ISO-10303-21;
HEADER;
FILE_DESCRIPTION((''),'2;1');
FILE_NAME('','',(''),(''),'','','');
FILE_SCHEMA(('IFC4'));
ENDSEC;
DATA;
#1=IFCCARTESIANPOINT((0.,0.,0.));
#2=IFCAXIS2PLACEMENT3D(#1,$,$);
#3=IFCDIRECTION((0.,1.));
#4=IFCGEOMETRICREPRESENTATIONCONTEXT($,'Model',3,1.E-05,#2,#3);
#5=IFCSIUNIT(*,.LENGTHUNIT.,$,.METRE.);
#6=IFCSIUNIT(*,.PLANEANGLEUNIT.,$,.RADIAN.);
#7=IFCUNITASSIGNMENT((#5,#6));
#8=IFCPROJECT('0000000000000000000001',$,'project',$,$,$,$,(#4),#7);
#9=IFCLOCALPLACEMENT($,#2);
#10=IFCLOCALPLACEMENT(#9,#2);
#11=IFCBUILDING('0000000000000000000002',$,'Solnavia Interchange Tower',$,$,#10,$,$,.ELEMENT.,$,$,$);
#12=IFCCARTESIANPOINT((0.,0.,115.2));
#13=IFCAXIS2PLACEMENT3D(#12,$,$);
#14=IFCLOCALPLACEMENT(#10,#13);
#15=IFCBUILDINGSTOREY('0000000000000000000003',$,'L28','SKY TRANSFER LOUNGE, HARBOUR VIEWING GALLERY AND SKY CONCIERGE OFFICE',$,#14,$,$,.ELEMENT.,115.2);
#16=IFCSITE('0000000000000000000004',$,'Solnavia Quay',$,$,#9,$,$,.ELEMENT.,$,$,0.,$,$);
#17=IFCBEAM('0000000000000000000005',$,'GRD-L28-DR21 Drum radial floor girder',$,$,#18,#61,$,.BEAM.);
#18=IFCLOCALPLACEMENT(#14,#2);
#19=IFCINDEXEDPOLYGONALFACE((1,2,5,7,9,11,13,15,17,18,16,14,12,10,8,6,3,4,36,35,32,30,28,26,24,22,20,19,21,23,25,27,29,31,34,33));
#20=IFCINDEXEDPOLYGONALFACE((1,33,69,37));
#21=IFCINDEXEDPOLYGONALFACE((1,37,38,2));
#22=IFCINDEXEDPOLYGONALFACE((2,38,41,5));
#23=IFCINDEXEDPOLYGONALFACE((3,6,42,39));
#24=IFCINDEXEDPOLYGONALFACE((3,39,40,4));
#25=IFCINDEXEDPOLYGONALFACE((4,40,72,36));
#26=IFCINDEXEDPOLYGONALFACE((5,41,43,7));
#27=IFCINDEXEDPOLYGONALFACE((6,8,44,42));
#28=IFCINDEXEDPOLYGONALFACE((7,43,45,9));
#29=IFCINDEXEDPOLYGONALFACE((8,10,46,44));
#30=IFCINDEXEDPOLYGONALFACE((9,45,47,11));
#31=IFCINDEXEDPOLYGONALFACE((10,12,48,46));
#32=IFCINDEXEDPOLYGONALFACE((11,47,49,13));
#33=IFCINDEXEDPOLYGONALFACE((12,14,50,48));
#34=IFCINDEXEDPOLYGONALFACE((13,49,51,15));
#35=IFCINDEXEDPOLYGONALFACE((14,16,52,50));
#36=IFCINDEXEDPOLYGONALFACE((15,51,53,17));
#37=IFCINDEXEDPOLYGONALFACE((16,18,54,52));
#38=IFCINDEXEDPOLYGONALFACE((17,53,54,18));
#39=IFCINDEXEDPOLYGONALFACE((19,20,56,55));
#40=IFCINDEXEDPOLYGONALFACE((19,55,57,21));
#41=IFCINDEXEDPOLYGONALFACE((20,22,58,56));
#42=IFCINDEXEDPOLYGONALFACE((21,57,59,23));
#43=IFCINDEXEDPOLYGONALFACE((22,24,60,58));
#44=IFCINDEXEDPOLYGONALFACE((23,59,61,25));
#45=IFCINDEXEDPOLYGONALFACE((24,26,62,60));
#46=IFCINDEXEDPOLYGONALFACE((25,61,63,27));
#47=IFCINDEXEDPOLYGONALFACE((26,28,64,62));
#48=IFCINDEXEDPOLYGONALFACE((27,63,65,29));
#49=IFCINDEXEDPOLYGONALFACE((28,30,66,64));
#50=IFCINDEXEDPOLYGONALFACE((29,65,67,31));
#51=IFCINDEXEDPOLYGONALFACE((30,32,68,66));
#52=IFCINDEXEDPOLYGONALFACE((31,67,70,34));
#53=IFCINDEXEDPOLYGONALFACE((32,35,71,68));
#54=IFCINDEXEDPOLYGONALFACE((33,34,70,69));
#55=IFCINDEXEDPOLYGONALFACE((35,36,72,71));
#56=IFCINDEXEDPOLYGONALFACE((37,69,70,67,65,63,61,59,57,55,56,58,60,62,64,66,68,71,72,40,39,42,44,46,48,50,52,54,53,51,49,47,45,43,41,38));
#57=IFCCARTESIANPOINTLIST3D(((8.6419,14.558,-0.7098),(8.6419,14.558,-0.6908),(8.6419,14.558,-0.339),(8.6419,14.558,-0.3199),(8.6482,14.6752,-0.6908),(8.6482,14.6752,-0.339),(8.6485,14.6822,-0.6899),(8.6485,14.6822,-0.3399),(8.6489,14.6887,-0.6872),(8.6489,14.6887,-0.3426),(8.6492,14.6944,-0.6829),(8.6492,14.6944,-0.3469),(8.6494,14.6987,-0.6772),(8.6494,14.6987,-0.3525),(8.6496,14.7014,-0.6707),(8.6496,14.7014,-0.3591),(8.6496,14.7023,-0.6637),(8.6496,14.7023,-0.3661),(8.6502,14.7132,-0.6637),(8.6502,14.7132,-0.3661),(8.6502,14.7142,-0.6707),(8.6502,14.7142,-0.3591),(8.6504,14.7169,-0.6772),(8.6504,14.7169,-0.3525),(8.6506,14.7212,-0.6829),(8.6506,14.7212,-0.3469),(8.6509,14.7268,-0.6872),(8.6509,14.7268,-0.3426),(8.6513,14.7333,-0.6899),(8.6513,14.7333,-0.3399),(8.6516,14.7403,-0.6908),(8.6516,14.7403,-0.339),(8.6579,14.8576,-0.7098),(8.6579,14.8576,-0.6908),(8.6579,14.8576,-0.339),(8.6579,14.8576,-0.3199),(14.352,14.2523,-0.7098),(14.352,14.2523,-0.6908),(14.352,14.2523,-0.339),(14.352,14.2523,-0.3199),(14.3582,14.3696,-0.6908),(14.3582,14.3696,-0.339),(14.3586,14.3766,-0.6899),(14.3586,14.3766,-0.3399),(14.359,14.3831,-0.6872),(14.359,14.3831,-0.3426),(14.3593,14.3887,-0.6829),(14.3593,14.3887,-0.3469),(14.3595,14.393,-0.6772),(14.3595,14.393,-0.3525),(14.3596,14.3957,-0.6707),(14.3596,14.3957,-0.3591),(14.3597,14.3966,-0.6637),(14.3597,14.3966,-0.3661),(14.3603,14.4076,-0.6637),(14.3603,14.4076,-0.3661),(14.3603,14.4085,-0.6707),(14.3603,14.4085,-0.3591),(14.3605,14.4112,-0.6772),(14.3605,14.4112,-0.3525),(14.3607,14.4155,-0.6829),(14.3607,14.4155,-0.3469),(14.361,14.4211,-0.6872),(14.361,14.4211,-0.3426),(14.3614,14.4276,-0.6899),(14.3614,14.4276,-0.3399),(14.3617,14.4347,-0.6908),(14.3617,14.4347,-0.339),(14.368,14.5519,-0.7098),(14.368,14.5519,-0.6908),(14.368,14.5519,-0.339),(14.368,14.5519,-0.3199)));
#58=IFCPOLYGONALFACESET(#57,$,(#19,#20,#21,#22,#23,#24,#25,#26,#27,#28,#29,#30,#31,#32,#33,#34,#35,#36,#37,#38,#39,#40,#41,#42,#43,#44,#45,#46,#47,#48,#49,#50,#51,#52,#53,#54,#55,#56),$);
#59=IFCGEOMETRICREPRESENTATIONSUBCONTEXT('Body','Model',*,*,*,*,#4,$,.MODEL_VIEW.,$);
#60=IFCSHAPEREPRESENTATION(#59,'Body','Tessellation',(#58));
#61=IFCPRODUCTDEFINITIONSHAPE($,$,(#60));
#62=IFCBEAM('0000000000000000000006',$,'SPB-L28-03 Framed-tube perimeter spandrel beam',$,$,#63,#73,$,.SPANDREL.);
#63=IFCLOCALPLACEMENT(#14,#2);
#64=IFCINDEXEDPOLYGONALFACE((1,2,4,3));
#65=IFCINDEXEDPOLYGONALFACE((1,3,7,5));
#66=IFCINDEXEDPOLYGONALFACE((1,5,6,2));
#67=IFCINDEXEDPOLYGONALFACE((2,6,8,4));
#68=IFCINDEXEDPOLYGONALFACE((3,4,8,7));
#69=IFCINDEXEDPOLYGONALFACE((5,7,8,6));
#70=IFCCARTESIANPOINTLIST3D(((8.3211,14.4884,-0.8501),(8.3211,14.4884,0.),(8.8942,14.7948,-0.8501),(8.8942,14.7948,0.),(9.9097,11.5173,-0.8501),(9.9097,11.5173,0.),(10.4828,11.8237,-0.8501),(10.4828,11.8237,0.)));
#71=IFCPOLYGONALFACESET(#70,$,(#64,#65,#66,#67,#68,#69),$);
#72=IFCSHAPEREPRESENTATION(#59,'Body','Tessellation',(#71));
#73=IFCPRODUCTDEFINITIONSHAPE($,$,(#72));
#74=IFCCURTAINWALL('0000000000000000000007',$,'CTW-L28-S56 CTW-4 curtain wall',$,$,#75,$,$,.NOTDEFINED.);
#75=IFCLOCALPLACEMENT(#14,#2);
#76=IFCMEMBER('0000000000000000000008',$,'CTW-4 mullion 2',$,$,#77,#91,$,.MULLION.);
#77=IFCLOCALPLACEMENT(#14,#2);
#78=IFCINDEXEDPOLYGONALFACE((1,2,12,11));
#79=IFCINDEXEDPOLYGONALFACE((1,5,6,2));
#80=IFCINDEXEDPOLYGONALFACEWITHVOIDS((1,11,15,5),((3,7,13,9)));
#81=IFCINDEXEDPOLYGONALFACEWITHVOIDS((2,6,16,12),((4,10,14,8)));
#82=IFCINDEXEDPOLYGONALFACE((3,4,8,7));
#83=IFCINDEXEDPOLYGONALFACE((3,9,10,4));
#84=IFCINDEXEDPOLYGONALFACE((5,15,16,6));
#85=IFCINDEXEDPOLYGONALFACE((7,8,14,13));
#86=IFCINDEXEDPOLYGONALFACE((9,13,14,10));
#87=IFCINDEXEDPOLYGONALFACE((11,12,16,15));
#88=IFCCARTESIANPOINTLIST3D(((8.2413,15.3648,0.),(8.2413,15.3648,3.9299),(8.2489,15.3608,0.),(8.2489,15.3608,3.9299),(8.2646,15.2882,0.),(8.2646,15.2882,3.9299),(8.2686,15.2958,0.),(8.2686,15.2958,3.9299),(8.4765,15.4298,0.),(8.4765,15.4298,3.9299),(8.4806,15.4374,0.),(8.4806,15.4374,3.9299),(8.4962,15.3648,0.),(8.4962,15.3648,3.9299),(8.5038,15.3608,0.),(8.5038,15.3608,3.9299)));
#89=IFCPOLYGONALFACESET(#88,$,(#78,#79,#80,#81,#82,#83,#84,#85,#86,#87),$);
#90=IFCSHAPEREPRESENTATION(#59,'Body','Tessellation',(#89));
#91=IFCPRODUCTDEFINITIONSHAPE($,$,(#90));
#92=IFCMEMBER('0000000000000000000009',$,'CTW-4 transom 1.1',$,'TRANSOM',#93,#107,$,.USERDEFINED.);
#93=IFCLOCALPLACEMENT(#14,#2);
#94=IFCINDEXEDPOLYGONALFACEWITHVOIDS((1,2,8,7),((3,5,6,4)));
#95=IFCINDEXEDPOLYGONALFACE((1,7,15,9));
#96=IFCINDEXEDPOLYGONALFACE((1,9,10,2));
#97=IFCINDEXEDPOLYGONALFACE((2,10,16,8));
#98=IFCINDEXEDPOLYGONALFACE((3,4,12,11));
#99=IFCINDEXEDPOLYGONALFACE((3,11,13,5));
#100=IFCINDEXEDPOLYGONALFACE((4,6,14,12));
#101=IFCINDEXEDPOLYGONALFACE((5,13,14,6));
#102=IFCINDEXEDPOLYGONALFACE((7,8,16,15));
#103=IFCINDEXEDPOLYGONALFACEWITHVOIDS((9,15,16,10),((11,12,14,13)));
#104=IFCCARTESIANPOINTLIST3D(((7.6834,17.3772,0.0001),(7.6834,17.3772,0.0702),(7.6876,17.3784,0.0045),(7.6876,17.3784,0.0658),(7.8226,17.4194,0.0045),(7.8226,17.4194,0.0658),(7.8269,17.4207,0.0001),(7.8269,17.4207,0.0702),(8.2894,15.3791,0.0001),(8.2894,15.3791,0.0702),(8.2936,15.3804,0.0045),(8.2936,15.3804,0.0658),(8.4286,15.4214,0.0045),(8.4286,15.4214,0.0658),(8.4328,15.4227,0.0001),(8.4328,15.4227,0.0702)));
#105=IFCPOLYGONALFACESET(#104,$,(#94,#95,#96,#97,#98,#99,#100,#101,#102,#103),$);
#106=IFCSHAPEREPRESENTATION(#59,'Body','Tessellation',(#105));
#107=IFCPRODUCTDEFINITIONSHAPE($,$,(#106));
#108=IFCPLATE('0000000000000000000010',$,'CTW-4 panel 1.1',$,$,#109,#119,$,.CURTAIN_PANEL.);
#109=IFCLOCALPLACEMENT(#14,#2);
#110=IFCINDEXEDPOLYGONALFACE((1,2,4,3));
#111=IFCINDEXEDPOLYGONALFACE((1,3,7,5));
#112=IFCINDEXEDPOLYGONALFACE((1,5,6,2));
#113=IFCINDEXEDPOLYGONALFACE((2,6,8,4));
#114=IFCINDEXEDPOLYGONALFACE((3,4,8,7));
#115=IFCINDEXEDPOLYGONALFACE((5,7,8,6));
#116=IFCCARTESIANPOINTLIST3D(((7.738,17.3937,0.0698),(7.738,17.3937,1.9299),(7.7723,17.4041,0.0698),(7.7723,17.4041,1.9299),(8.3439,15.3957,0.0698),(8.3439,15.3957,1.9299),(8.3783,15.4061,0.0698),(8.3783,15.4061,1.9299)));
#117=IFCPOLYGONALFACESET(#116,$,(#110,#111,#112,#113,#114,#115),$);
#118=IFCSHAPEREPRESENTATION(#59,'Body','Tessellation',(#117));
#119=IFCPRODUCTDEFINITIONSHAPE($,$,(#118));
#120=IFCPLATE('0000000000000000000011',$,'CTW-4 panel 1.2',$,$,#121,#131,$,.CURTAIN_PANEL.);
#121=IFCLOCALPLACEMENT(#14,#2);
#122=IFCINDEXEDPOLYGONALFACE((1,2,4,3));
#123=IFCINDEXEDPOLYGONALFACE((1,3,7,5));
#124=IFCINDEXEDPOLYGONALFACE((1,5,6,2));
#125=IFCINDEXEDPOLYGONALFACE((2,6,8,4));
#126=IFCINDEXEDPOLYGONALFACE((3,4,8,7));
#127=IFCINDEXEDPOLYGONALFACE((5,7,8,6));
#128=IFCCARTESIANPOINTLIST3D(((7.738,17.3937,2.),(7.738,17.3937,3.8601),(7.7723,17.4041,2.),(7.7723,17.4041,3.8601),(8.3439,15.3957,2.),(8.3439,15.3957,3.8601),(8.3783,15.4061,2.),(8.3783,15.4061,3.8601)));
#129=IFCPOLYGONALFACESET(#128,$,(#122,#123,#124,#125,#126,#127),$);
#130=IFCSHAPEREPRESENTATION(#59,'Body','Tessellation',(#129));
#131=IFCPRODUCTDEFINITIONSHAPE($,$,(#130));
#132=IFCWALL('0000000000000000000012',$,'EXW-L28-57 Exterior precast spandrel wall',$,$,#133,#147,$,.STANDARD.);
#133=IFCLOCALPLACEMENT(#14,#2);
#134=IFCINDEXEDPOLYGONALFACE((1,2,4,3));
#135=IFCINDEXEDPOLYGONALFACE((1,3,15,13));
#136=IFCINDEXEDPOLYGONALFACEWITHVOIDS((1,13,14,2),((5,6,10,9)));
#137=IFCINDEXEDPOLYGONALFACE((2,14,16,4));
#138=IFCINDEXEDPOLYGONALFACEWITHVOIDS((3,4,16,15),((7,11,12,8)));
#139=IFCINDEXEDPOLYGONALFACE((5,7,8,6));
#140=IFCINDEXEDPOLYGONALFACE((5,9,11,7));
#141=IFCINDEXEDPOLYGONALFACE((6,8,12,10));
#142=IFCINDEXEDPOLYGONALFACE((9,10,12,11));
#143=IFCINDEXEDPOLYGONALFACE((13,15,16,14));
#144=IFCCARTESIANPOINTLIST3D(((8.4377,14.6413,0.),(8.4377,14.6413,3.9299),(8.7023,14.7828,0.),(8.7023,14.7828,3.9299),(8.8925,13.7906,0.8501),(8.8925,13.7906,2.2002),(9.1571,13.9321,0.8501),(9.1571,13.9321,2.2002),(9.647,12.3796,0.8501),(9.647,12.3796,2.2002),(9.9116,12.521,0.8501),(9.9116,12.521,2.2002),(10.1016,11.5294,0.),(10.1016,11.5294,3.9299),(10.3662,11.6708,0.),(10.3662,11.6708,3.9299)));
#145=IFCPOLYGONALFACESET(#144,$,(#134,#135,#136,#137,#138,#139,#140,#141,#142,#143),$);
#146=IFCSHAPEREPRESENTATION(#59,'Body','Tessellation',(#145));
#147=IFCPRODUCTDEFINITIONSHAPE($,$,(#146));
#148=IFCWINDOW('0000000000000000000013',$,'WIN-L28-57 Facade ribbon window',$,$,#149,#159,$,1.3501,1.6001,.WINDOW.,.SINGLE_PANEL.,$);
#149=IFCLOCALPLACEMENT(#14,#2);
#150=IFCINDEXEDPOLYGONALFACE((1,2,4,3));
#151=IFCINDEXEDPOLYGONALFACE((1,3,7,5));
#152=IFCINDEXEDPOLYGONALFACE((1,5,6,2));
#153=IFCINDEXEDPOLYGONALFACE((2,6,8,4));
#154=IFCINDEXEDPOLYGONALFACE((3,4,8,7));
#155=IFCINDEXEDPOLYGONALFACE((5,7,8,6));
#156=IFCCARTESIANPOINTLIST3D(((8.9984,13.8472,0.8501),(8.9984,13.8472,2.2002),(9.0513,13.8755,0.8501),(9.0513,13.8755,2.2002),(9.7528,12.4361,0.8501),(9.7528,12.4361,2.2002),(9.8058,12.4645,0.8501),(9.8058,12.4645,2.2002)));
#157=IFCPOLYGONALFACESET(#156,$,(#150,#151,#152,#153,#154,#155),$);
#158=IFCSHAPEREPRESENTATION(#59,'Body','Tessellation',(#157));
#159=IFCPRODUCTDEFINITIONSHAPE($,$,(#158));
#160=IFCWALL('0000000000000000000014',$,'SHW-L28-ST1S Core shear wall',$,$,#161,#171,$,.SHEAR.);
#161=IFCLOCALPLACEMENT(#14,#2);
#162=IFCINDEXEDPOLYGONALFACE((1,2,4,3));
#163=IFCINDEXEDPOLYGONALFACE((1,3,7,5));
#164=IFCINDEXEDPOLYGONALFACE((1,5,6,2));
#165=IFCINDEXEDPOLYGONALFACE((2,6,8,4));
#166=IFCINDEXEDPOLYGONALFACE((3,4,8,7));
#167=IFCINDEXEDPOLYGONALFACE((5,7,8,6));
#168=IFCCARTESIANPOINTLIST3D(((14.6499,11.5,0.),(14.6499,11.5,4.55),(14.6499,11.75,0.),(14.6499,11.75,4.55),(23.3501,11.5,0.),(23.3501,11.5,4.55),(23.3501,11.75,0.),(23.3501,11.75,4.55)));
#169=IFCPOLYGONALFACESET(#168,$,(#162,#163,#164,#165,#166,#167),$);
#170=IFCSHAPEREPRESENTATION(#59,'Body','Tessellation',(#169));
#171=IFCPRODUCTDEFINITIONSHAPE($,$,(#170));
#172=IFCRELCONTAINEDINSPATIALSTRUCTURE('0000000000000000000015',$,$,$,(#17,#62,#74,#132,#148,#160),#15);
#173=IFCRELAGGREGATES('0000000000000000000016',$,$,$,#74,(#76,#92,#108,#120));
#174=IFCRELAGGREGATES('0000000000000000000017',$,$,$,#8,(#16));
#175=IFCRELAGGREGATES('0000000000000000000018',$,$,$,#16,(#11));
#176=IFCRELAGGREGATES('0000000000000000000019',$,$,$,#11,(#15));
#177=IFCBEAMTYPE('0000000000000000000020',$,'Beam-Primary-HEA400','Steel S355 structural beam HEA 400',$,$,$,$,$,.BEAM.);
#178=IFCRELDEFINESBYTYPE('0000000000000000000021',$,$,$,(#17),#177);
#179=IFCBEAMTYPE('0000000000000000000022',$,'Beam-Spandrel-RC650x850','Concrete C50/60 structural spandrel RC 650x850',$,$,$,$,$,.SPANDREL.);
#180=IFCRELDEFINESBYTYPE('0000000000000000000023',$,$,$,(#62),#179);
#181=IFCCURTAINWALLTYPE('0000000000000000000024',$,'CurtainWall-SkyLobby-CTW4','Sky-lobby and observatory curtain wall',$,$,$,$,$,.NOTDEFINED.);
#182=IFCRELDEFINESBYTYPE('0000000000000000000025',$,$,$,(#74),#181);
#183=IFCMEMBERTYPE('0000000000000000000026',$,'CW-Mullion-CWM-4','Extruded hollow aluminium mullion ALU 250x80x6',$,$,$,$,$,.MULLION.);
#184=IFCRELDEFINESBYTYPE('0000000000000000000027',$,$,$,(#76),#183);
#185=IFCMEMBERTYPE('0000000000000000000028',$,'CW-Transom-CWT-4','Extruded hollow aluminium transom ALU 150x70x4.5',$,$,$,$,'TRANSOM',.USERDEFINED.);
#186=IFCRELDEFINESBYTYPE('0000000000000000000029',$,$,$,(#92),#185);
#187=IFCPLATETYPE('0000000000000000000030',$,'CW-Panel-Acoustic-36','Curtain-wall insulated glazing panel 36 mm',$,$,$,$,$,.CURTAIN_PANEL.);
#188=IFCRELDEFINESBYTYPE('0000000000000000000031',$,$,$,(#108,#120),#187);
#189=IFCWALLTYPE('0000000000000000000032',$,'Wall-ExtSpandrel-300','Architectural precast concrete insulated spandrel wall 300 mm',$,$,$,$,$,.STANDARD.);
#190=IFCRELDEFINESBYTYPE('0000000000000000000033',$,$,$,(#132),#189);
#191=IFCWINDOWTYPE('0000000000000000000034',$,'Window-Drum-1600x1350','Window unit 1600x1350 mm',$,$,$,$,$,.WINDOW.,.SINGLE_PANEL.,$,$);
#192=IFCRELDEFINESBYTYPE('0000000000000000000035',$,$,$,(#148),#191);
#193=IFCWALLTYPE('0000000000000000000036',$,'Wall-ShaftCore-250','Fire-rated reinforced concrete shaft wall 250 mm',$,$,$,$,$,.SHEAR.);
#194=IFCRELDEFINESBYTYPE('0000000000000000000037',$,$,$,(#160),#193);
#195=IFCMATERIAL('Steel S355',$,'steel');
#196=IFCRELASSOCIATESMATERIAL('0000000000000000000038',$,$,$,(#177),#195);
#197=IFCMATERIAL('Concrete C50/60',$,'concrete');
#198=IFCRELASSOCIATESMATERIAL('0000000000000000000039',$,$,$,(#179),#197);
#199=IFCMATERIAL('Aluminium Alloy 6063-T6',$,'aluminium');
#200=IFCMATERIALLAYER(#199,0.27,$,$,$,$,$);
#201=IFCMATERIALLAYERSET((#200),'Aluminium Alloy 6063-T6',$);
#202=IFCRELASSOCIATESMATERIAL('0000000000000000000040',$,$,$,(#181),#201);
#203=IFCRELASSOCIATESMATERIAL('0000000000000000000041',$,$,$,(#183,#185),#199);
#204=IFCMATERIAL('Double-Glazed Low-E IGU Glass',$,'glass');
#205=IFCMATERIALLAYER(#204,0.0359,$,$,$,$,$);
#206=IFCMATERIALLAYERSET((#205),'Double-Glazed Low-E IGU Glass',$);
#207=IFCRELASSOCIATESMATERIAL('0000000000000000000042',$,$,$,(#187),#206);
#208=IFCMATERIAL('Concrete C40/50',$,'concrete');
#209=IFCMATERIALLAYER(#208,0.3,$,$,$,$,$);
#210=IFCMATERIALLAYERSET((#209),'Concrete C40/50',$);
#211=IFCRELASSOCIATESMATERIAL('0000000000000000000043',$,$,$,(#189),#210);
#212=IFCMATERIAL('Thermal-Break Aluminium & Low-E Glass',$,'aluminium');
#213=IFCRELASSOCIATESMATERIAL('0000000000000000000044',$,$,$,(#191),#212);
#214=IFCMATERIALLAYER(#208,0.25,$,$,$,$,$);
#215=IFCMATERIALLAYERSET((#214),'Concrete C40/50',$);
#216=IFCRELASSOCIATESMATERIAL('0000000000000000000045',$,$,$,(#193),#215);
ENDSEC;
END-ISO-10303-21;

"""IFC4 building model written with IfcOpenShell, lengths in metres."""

from ifc_helpers import new_model, si_unit, direction, frame, frame_2d, origin, origin_2d, place, context, subcontext, project, spatial, rectangle, hollow_rectangle, i_section, extrude, material, layer, layer_set, material_profile, profile_set, type_object, element, fill, aggregate, save


model = new_model("IFC4")

# Units and contexts
model_context = context("Model", 3, precision=1e-05, world=origin(), true_north=direction((0.0, 1.0)))
body_context = subcontext(model_context, "Body", "Model", "MODEL_VIEW")
ifc_project = project(units=[si_unit("LENGTHUNIT", "METRE"), si_unit("PLANEANGLEUNIT", "RADIAN")], contexts=[model_context])

# Site, building, storey
site_placement = place(None, origin())
site = spatial("IfcSite", under=ifc_project, at=site_placement, Name="Solnavia Quay", CompositionType="ELEMENT", RefElevation=0.0)
building_placement = place(site_placement, origin())
building = spatial("IfcBuilding", under=site, at=building_placement, Name="Solnavia Interchange Tower", CompositionType="ELEMENT")
storey_placement = place(building_placement, frame((0.0, 0.0, 115.2)))
storey = spatial("IfcBuildingStorey", under=building, at=storey_placement, Name="L28", Description="SKY TRANSFER LOUNGE, HARBOUR VIEWING GALLERY AND SKY CONCIERGE OFFICE", CompositionType="ELEMENT", Elevation=115.2)

# Beams
ifc_material_1 = material(Name="Concrete C50/60", Category="concrete")
ifc_material_2 = material(Name="Steel S355", Category="steel")
ifc_material_profile_1 = material_profile(ifc_material_2, i_section(OverallWidth=0.3, OverallDepth=0.3899, WebThickness=0.011, FlangeThickness=0.019, FilletRadius=0.0271, at=origin_2d()), Name="HEA 400")
ifc_profile_set_1 = profile_set([ifc_material_profile_1], Name="Steel S355")
beam_type_1 = type_object("IfcBeamType", Name="Beam-Primary-HEA400", Description="Steel S355 structural beam HEA 400", PredefinedType="BEAM", material=ifc_profile_set_1)
beam_1_placement = place(storey_placement, frame((8.6499, 14.7078, -0.5149), z_axis=(0.99857, -0.053453, 0.0), x_axis=(0.053453, 0.99857, 0.0)))
element("IfcBeam", 1, at=beam_1_placement, inside=storey, type_object=beam_type_1, Name="GRD-L28-DR21 Drum radial floor girder", PredefinedType="BEAM", context=body_context, shape_type="SweptSolid", body=[
    extrude(i_section(OverallWidth=0.3, OverallDepth=0.3899, WebThickness=0.011, FlangeThickness=0.019, FilletRadius=0.0271, at=origin_2d()), origin(), (0.0, 0.0, 1.0), 5.7183),
])
ifc_material_profile_2 = material_profile(ifc_material_1, rectangle(XDim=0.6499, YDim=0.8501, at=origin_2d()), Name="RC 650x850")
ifc_profile_set_2 = profile_set([ifc_material_profile_2], Name="Concrete C50/60")
beam_type_2 = type_object("IfcBeamType", Name="Beam-Spandrel-RC650x850", Description="Concrete C50/60 structural spandrel RC 650x850", PredefinedType="SPANDREL", material=ifc_profile_set_2)
beam_2_placement = place(storey_placement, frame((8.6077, 14.6416, -0.425), z_axis=(0.471509, -0.881861, 0.0), x_axis=(0.881861, 0.471509, 0.0)))
element("IfcBeam", 2, at=beam_2_placement, inside=storey, type_object=beam_type_2, Name="SPB-L28-03 Framed-tube perimeter spandrel beam", PredefinedType="SPANDREL", context=body_context, shape_type="SweptSolid", body=[
    extrude(rectangle(XDim=0.6499, YDim=0.8501, at=origin_2d()), origin(), (0.0, 0.0, 1.0), 3.3691),
])

# Curtain wall, members, plates
ifc_material_3 = material(Name="Aluminium Alloy 6063-T6", Category="aluminium")
ifc_layer_1 = layer(ifc_material_3, 0.27)
ifc_layer_set_1 = layer_set([ifc_layer_1], Name="Aluminium Alloy 6063-T6")
curtain_wall_type = type_object("IfcCurtainWallType", Name="CurtainWall-SkyLobby-CTW4", Description="Sky-lobby and observatory curtain wall", PredefinedType="NOTDEFINED", material=ifc_layer_set_1)
curtain_wall_placement = place(storey_placement, origin())
curtain_wall = element("IfcCurtainWall", 3, at=curtain_wall_placement, inside=storey, type_object=curtain_wall_type, Name="CTW-L28-S56 CTW-4 curtain wall", PredefinedType="NOTDEFINED")
ifc_material_profile_3 = material_profile(ifc_material_3, hollow_rectangle(XDim=0.0801, YDim=0.25, WallThickness=0.0061, at=origin_2d()), Name="ALU 250x80x6")
ifc_profile_set_3 = profile_set([ifc_material_profile_3], Name="Aluminium Alloy 6063-T6")
member_type_1 = type_object("IfcMemberType", Name="CW-Mullion-CWM-4", Description="Extruded hollow aluminium mullion ALU 250x80x6", PredefinedType="MULLION", material=ifc_profile_set_3)
member_1_placement = place(storey_placement, frame((8.3726, 15.3628, 0.0), z_axis=(0.0, 0.0, 1.0), x_axis=(0.29022, -0.95696, 0.0)))
member_1 = element("IfcMember", 4, at=member_1_placement, type_object=member_type_1, Name="CTW-4 mullion 2", PredefinedType="MULLION", context=body_context, shape_type="SweptSolid", body=[
    extrude(hollow_rectangle(XDim=0.0801, YDim=0.25, WallThickness=0.0061, at=origin_2d()), origin(), (0.0, 0.0, 1.0), 3.9299),
])
ifc_material_profile_4 = material_profile(ifc_material_3, hollow_rectangle(XDim=0.0701, YDim=0.1499, WallThickness=0.0044, at=origin_2d()), Name="ALU 150x70x4.5")
ifc_profile_set_4 = profile_set([ifc_material_profile_4], Name="Aluminium Alloy 6063-T6")
member_type_2 = type_object("IfcMemberType", Name="CW-Transom-CWT-4", Description="Extruded hollow aluminium transom ALU 150x70x4.5", ElementType="TRANSOM", PredefinedType="USERDEFINED", material=ifc_profile_set_4)
member_2_placement = place(storey_placement, frame((7.7551, 17.3989, 0.0352), z_axis=(0.290222, -0.956959, 0.0), x_axis=(0.0, 0.0, 1.0)))
member_2 = element("IfcMember", 5, at=member_2_placement, type_object=member_type_2, Name="CTW-4 transom 1.1", ObjectType="TRANSOM", PredefinedType="USERDEFINED", context=body_context, shape_type="SweptSolid", body=[
    extrude(hollow_rectangle(XDim=0.0701, YDim=0.1499, WallThickness=0.0044, at=origin_2d()), origin(), (0.0, 0.0, 1.0), 2.0879),
])
ifc_material_4 = material(Name="Double-Glazed Low-E IGU Glass", Category="glass")
ifc_layer_2 = layer(ifc_material_4, 0.0359)
ifc_layer_set_2 = layer_set([ifc_layer_2], Name="Double-Glazed Low-E IGU Glass")
plate_type = type_object("IfcPlateType", Name="CW-Panel-Acoustic-36", Description="Curtain-wall insulated glazing panel 36 mm", PredefinedType="CURTAIN_PANEL", material=ifc_layer_set_2)
plate_1_placement = place(storey_placement, frame((8.0581, 16.3999, 0.0698), z_axis=(0.0, 0.0, 1.0), x_axis=(0.29022, -0.95696, 0.0)))
plate_1 = element("IfcPlate", 6, at=plate_1_placement, type_object=plate_type, Name="CTW-4 panel 1.1", PredefinedType="CURTAIN_PANEL", context=body_context, shape_type="SweptSolid", body=[
    extrude(rectangle(XDim=2.0879, YDim=0.0359, at=origin_2d()), origin(), (0.0, 0.0, 1.0), 1.8601),
])
plate_2_placement = place(storey_placement, frame((8.0581, 16.3999, 2.0), z_axis=(0.0, 0.0, 1.0), x_axis=(0.29022, -0.95696, 0.0)))
plate_2 = element("IfcPlate", 7, at=plate_2_placement, type_object=plate_type, Name="CTW-4 panel 1.2", PredefinedType="CURTAIN_PANEL", context=body_context, shape_type="SweptSolid", body=[
    extrude(rectangle(XDim=2.0879, YDim=0.0359, at=origin_2d()), origin(), (0.0, 0.0, 1.0), 1.8601),
])
aggregate(curtain_wall, [member_1, member_2, plate_1, plate_2])

# Wall, opening, window
ifc_material_5 = material(Name="Concrete C40/50", Category="concrete")
ifc_layer_3 = layer(ifc_material_5, 0.3)
ifc_layer_set_3 = layer_set([ifc_layer_3], Name="Concrete C40/50")
wall_type_1 = type_object("IfcWallType", Name="Wall-ExtSpandrel-300", Description="Architectural precast concrete insulated spandrel wall 300 mm", PredefinedType="STANDARD", material=ifc_layer_set_3)
wall_1_placement = place(storey_placement, frame((10.2339, 11.6001, 0.0), z_axis=(0.0, 0.0, 1.0), x_axis=(-0.471511, 0.88186, 0.0)))
wall_1 = element("IfcWall", 8, at=wall_1_placement, inside=storey, type_object=wall_type_1, Name="EXW-L28-57 Exterior precast spandrel wall", PredefinedType="STANDARD", context=body_context, shape_type="SweptSolid", body=[
    extrude(rectangle(XDim=3.5288, YDim=0.3, at=frame_2d((1.7644, 0.0))), origin(), (0.0, 0.0, 1.0), 3.9299),
])
opening_1_placement = place(wall_1_placement, frame((0.9641, 0.0, 0.8501)))
opening_1 = element("IfcOpeningElement", 9, at=opening_1_placement, cuts=wall_1, PredefinedType="OPENING", context=body_context, shape_type="SweptSolid", body=[
    extrude(rectangle(XDim=1.6001, YDim=1.3501, at=frame_2d((0.8, 0.675))), frame((0.0, 0.1602, 0.0), z_axis=(0.0, -1.0, 0.0), x_axis=(1.0, 0.0, 0.0)), (0.0, 0.0, 1.0), 0.3201),
])
ifc_material_6 = material(Name="Thermal-Break Aluminium & Low-E Glass", Category="aluminium")
window_type = type_object("IfcWindowType", Name="Window-Drum-1600x1350", Description="Window unit 1600x1350 mm", PartitioningType="SINGLE_PANEL", PredefinedType="WINDOW", material=ifc_material_6)
window_placement = place(opening_1_placement, origin())
window = element("IfcWindow", 10, at=window_placement, inside=storey, type_object=window_type, Name="WIN-L28-57 Facade ribbon window", OverallHeight=1.3501, OverallWidth=1.6001, PartitioningType="SINGLE_PANEL", PredefinedType="WINDOW", context=body_context, shape_type="SweptSolid", body=[
    extrude(rectangle(XDim=1.6001, YDim=1.3501, at=frame_2d((0.8, 0.675))), frame((0.0, 0.03, 0.0), z_axis=(0.0, -1.0, 0.0), x_axis=(1.0, 0.0, 0.0)), (0.0, 0.0, 1.0), 0.0601),
])
fill(opening_1, window)

# Wall
ifc_layer_4 = layer(ifc_material_5, 0.25)
ifc_layer_set_4 = layer_set([ifc_layer_4], Name="Concrete C40/50")
wall_type_2 = type_object("IfcWallType", Name="Wall-ShaftCore-250", Description="Fire-rated reinforced concrete shaft wall 250 mm", PredefinedType="SHEAR", material=ifc_layer_set_4)
wall_2_placement = place(storey_placement, frame((14.6499, 11.625, 0.0), z_axis=(0.0, 0.0, 1.0), x_axis=(1.0, 0.0, 0.0)))
element("IfcWall", 11, at=wall_2_placement, inside=storey, type_object=wall_type_2, Name="SHW-L28-ST1S Core shear wall", PredefinedType="SHEAR", context=body_context, shape_type="SweptSolid", body=[
    extrude(rectangle(XDim=8.7002, YDim=0.25, at=frame_2d((4.3501, 0.0))), origin(), (0.0, 0.0, 1.0), 4.55),
])

save(model, "model.ifc")
